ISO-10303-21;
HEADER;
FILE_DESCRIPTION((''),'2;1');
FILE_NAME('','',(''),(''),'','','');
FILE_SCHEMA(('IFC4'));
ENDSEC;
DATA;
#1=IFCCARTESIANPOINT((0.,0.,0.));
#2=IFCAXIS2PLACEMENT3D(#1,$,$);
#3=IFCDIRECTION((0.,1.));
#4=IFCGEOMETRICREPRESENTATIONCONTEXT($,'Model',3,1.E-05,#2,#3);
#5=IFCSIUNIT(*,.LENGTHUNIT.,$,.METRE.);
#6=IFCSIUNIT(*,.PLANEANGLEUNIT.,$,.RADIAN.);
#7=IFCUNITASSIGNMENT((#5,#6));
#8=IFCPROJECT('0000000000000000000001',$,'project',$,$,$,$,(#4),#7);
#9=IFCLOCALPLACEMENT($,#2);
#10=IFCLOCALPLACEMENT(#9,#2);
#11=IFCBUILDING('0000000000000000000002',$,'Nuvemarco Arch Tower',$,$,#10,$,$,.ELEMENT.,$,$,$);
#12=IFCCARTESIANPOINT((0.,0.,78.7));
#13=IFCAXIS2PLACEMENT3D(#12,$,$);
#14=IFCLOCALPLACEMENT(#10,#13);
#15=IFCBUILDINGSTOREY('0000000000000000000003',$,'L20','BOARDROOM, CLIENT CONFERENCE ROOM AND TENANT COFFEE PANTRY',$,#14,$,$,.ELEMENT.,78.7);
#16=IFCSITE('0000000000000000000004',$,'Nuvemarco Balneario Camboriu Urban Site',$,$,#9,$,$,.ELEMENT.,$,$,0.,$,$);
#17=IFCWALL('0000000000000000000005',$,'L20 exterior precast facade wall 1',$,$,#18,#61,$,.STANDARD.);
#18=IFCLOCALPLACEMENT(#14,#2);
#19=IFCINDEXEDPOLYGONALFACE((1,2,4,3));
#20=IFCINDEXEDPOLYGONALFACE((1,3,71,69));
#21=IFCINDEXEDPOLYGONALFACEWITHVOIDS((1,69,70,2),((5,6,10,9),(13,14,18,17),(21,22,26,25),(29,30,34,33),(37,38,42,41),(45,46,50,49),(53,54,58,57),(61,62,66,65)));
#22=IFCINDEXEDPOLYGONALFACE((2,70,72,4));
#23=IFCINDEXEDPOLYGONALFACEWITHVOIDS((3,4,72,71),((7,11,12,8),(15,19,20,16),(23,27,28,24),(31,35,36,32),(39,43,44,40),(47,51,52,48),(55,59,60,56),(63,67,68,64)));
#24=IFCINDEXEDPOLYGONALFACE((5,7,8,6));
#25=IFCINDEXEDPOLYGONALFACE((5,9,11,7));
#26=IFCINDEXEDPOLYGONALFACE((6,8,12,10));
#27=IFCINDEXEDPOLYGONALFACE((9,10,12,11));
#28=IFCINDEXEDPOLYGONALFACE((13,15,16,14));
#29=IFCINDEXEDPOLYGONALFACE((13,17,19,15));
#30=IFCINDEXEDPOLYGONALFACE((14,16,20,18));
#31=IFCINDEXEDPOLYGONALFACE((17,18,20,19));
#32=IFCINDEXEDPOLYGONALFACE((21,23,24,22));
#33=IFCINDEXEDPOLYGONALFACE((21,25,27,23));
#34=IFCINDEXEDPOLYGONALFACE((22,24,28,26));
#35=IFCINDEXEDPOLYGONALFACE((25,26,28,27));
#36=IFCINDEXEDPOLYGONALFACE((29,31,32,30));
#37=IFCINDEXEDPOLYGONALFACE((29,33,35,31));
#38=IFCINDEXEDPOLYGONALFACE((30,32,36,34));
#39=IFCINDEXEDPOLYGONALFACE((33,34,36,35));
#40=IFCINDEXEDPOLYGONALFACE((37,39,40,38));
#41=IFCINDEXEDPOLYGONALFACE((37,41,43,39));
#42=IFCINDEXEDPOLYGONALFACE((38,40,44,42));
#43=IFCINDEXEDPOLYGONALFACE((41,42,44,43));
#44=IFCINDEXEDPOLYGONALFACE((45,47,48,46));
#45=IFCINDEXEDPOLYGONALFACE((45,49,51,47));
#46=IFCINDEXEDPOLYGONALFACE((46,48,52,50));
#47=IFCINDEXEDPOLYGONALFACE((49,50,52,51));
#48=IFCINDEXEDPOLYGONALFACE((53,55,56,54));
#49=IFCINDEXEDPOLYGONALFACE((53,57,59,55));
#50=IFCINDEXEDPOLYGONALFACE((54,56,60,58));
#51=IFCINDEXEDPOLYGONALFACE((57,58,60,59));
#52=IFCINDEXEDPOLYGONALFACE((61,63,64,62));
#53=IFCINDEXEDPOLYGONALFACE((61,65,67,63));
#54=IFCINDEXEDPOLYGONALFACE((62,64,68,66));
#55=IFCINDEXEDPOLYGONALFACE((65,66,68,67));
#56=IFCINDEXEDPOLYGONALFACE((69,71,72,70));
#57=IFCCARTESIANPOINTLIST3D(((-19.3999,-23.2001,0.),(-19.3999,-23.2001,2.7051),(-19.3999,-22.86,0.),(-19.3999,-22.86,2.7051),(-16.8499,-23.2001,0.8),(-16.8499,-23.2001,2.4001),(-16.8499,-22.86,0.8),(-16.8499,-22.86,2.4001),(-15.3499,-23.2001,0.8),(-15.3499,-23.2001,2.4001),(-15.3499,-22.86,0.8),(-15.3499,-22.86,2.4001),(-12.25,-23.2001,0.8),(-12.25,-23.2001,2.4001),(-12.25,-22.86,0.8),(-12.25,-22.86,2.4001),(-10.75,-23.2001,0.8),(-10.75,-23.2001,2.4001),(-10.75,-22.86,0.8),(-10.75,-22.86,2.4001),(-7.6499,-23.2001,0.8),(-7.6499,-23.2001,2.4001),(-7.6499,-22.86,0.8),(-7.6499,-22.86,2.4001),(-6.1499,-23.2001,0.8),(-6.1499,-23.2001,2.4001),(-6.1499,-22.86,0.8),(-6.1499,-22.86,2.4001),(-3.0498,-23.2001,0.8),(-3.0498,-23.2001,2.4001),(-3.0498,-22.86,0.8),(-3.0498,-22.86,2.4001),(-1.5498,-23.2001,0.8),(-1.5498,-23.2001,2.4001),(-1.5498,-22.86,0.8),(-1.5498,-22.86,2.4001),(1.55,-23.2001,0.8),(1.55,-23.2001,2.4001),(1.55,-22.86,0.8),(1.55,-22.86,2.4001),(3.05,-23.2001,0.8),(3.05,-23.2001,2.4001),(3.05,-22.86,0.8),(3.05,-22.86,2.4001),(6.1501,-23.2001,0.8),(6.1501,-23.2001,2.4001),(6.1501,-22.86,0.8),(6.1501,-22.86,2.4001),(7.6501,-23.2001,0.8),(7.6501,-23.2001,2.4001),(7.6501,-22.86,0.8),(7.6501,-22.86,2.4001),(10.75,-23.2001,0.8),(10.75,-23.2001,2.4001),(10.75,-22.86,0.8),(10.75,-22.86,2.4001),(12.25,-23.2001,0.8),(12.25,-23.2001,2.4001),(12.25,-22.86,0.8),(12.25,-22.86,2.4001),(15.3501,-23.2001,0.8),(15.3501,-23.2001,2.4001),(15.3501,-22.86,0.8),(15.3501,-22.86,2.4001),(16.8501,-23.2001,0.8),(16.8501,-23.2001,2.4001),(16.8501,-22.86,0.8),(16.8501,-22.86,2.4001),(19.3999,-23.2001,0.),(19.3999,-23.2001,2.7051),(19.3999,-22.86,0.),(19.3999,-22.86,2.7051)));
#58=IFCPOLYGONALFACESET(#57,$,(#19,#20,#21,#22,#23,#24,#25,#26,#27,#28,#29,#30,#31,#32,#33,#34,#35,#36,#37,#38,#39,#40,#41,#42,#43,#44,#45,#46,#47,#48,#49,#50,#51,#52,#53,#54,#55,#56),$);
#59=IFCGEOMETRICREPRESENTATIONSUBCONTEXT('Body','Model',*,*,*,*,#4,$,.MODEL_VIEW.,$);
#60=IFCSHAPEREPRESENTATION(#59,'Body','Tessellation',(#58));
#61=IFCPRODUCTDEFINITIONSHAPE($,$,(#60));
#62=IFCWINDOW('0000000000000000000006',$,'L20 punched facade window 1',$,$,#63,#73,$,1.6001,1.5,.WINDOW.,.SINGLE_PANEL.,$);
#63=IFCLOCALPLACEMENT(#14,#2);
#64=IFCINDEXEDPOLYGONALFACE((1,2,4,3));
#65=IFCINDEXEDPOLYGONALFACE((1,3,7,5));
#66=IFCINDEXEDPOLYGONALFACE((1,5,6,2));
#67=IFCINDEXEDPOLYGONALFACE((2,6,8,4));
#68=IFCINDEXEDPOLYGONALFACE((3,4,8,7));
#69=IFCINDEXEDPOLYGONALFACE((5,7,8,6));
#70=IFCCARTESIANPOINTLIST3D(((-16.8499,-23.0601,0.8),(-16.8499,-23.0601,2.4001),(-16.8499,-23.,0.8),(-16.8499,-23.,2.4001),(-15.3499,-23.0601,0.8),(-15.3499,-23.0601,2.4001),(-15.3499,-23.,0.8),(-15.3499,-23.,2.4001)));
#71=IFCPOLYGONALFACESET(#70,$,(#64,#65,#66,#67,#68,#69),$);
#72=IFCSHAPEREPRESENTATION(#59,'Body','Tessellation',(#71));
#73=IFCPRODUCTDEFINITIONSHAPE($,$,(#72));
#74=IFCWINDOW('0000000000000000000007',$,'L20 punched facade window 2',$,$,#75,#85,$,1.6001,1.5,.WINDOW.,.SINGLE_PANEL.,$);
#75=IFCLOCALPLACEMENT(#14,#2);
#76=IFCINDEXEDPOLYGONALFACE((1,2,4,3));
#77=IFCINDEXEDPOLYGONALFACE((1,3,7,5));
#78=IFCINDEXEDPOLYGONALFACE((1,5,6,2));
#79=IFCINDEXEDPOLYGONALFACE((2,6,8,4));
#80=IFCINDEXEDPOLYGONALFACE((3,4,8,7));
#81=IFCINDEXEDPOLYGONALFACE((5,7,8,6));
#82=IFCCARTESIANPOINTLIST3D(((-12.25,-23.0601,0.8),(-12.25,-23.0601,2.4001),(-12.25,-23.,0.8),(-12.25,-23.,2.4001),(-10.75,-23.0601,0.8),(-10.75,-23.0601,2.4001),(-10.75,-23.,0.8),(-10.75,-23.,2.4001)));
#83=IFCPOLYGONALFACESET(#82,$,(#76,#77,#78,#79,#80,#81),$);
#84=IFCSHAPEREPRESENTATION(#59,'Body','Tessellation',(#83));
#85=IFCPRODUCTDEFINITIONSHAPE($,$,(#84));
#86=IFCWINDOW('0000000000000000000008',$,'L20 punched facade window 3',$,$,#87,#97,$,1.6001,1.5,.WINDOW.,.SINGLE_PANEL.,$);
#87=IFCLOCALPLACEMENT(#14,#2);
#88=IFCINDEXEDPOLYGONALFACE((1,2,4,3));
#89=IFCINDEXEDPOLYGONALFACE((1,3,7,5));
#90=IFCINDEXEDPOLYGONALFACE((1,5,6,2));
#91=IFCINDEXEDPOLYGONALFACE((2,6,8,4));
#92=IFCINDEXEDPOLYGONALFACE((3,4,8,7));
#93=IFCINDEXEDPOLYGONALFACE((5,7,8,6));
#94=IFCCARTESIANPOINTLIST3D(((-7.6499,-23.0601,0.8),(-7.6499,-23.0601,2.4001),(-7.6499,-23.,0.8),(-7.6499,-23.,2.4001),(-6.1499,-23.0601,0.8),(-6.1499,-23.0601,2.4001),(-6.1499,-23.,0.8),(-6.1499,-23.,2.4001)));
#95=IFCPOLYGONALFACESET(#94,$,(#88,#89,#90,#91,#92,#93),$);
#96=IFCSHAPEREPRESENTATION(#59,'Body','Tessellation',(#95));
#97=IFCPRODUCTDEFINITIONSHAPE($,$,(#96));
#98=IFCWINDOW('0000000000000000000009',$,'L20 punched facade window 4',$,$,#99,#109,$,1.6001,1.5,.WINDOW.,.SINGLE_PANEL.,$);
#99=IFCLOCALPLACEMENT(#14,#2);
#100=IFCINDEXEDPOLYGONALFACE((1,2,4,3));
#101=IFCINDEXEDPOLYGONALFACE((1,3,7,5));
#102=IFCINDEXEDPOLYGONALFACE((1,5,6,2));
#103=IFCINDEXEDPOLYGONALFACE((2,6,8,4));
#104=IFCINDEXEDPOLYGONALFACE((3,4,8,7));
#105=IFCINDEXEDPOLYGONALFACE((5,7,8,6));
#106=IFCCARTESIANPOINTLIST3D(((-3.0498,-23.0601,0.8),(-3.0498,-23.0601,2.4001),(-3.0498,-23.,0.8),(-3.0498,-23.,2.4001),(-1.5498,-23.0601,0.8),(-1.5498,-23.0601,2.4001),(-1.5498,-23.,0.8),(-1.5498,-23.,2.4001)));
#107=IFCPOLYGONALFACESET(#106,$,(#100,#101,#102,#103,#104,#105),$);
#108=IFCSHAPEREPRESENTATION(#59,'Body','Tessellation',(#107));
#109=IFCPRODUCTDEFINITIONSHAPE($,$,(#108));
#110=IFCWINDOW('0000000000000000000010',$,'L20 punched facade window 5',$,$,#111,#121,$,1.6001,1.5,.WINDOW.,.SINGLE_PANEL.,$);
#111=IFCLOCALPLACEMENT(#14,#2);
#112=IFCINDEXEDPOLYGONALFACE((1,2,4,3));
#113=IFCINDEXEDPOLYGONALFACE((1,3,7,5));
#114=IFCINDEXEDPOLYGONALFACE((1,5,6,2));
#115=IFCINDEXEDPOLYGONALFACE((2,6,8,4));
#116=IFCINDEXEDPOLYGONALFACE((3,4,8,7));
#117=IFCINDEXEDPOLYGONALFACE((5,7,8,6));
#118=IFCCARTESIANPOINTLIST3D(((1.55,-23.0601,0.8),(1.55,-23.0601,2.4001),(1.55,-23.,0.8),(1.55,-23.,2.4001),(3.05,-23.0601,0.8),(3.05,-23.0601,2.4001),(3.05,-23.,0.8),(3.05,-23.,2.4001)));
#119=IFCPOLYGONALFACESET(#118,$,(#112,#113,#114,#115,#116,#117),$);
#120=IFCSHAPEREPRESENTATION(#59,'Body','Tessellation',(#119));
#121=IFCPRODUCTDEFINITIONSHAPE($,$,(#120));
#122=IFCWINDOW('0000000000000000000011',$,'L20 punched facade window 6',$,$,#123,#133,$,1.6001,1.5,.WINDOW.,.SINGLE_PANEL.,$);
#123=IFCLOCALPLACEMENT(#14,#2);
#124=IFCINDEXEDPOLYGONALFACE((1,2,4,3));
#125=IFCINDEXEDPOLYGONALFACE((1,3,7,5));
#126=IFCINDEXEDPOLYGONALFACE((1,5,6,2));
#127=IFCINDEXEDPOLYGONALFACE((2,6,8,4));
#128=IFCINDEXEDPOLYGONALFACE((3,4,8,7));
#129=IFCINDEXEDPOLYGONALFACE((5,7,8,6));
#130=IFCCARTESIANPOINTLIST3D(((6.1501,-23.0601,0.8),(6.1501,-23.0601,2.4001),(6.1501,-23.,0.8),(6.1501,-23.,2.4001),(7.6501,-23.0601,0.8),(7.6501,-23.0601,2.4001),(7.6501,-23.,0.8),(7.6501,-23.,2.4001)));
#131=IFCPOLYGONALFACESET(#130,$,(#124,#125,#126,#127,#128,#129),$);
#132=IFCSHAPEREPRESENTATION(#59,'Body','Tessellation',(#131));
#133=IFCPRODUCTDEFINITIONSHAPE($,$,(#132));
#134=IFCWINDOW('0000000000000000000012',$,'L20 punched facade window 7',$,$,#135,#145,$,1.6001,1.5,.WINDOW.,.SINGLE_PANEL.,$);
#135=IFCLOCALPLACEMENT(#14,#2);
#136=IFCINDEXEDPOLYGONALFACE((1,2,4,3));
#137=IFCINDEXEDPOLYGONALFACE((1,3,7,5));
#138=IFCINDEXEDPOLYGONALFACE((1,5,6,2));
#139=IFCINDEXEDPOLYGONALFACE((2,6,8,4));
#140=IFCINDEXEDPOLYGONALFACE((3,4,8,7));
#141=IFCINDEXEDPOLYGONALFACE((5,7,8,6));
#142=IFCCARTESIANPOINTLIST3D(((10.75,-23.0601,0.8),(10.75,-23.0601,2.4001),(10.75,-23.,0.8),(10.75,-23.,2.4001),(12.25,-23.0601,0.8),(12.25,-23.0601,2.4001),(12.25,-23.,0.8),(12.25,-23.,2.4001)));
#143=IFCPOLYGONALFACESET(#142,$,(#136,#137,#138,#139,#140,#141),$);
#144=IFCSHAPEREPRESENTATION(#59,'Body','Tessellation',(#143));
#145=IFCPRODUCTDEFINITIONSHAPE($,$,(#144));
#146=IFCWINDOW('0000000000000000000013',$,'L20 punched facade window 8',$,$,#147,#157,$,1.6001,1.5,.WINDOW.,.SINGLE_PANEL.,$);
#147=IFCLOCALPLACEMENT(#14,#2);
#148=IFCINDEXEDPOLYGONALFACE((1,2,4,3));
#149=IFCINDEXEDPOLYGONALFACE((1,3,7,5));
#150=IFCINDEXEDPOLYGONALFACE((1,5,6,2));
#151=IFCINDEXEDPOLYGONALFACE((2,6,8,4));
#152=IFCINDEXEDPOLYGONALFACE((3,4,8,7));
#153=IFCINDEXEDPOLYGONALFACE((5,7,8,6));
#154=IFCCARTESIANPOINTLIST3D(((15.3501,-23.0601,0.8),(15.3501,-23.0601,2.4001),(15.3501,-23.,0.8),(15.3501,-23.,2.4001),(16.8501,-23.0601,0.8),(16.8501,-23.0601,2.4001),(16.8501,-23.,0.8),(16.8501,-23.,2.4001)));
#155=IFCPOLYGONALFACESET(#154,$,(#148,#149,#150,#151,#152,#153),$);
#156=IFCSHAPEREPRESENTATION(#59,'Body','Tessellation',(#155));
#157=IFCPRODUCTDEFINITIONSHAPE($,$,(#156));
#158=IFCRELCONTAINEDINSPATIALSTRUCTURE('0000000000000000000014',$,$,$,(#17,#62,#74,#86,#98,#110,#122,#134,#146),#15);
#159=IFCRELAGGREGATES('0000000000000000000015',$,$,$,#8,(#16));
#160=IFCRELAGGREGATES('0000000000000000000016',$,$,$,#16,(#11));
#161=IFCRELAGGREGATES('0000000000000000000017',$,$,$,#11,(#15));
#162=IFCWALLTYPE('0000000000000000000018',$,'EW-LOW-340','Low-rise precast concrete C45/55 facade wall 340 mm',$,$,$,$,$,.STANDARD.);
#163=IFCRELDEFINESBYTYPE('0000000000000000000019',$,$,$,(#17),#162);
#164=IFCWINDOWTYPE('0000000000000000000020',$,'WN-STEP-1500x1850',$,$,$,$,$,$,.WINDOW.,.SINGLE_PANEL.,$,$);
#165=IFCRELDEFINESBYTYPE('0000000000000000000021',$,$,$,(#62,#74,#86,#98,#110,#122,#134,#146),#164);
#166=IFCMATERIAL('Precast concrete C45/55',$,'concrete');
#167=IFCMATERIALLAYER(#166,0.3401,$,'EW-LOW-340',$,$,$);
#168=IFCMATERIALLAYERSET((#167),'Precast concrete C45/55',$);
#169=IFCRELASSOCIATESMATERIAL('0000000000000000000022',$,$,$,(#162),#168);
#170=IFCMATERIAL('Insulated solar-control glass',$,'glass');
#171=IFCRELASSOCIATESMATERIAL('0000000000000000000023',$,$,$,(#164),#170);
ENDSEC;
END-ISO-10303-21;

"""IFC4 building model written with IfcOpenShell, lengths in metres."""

from ifc_helpers import new_model, si_unit, direction, frame, frame_2d, origin, place, context, subcontext, project, spatial, rectangle, extrude, source, transform, mapped, material, layer, layer_set, type_object, type_shapes, element, fill, save


model = new_model("IFC4")

# Units and contexts
model_context = context("Model", 3, precision=1e-05, world=origin(), true_north=direction((0.0, 1.0)))
body_context = subcontext(model_context, "Body", "Model", "MODEL_VIEW")
ifc_project = project(units=[si_unit("LENGTHUNIT", "METRE"), si_unit("PLANEANGLEUNIT", "RADIAN")], contexts=[model_context])

# Site, building, storey
site_placement = place(None, origin())
site = spatial("IfcSite", under=ifc_project, at=site_placement, Name="Nuvemarco Balneario Camboriu Urban Site", CompositionType="ELEMENT", RefElevation=0.0)
building_placement = place(site_placement, origin())
building = spatial("IfcBuilding", under=site, at=building_placement, Name="Nuvemarco Arch Tower", CompositionType="ELEMENT")
storey_placement = place(building_placement, frame((0.0, 0.0, 78.7)))
storey = spatial("IfcBuildingStorey", under=building, at=storey_placement, Name="L20", Description="BOARDROOM, CLIENT CONFERENCE ROOM AND TENANT COFFEE PANTRY", CompositionType="ELEMENT", Elevation=78.7)

# Shared definitions
ifc_material_1 = material(Name="Precast concrete C45/55", Category="concrete")

# Wall, openings, windows
ifc_layer = layer(ifc_material_1, 0.3401, Name="EW-LOW-340")
ifc_layer_set = layer_set([ifc_layer], Name="Precast concrete C45/55")
wall_type = type_object("IfcWallType", Name="EW-LOW-340", Description="Low-rise precast concrete C45/55 facade wall 340 mm", PredefinedType="STANDARD", material=ifc_layer_set)
wall_1_placement = place(storey_placement, frame((-19.3999, -23.03, 0.0), z_axis=(0.0, 0.0, 1.0), x_axis=(1.0, 0.0, 0.0)))
wall_1 = element("IfcWall", 1, at=wall_1_placement, inside=storey, type_object=wall_type, Name="L20 exterior precast facade wall 1", PredefinedType="STANDARD", context=body_context, shape_type="SweptSolid", body=[
    extrude(rectangle(XDim=38.7998, YDim=0.3401, at=frame_2d((19.3999, 0.0))), origin(), (0.0, 0.0, 1.0), 2.7051),
])
opening_1_placement = place(wall_1_placement, frame((2.55, 0.0, 0.8)))
opening_1 = element("IfcOpeningElement", 2, at=opening_1_placement, cuts=wall_1, PredefinedType="OPENING", context=body_context, shape_type="SweptSolid", body=[
    extrude(rectangle(XDim=1.5, YDim=1.6001, at=frame_2d((0.75, 0.8))), frame((0.0, 0.1799, 0.0), z_axis=(0.0, -1.0, 0.0), x_axis=(1.0, 0.0, 0.0)), (0.0, 0.0, 1.0), 0.3601),
])
opening_2_placement = place(wall_1_placement, frame((7.1499, 0.0, 0.8)))
opening_2 = element("IfcOpeningElement", 3, at=opening_2_placement, cuts=wall_1, PredefinedType="OPENING", context=body_context, shape_type="SweptSolid", body=[
    extrude(rectangle(XDim=1.5, YDim=1.6001, at=frame_2d((0.75, 0.8))), frame((0.0, 0.1799, 0.0), z_axis=(0.0, -1.0, 0.0), x_axis=(1.0, 0.0, 0.0)), (0.0, 0.0, 1.0), 0.3601),
])
opening_3_placement = place(wall_1_placement, frame((11.75, 0.0, 0.8)))
opening_3 = element("IfcOpeningElement", 4, at=opening_3_placement, cuts=wall_1, PredefinedType="OPENING", context=body_context, shape_type="SweptSolid", body=[
    extrude(rectangle(XDim=1.5, YDim=1.6001, at=frame_2d((0.75, 0.8))), frame((0.0, 0.1799, 0.0), z_axis=(0.0, -1.0, 0.0), x_axis=(1.0, 0.0, 0.0)), (0.0, 0.0, 1.0), 0.3601),
])
opening_4_placement = place(wall_1_placement, frame((16.3501, 0.0, 0.8)))
opening_4 = element("IfcOpeningElement", 5, at=opening_4_placement, cuts=wall_1, PredefinedType="OPENING", context=body_context, shape_type="SweptSolid", body=[
    extrude(rectangle(XDim=1.5, YDim=1.6001, at=frame_2d((0.75, 0.8))), frame((0.0, 0.1799, 0.0), z_axis=(0.0, -1.0, 0.0), x_axis=(1.0, 0.0, 0.0)), (0.0, 0.0, 1.0), 0.3601),
])
opening_5_placement = place(wall_1_placement, frame((20.95, 0.0, 0.8)))
opening_5 = element("IfcOpeningElement", 6, at=opening_5_placement, cuts=wall_1, PredefinedType="OPENING", context=body_context, shape_type="SweptSolid", body=[
    extrude(rectangle(XDim=1.5, YDim=1.6001, at=frame_2d((0.75, 0.8))), frame((0.0, 0.1799, 0.0), z_axis=(0.0, -1.0, 0.0), x_axis=(1.0, 0.0, 0.0)), (0.0, 0.0, 1.0), 0.3601),
])
opening_6_placement = place(wall_1_placement, frame((25.55, 0.0, 0.8)))
opening_6 = element("IfcOpeningElement", 7, at=opening_6_placement, cuts=wall_1, PredefinedType="OPENING", context=body_context, shape_type="SweptSolid", body=[
    extrude(rectangle(XDim=1.5, YDim=1.6001, at=frame_2d((0.75, 0.8))), frame((0.0, 0.1799, 0.0), z_axis=(0.0, -1.0, 0.0), x_axis=(1.0, 0.0, 0.0)), (0.0, 0.0, 1.0), 0.3601),
])
opening_7_placement = place(wall_1_placement, frame((30.1499, 0.0, 0.8)))
opening_7 = element("IfcOpeningElement", 8, at=opening_7_placement, cuts=wall_1, PredefinedType="OPENING", context=body_context, shape_type="SweptSolid", body=[
    extrude(rectangle(XDim=1.5, YDim=1.6001, at=frame_2d((0.75, 0.8))), frame((0.0, 0.1799, 0.0), z_axis=(0.0, -1.0, 0.0), x_axis=(1.0, 0.0, 0.0)), (0.0, 0.0, 1.0), 0.3601),
])
opening_8_placement = place(wall_1_placement, frame((34.75, 0.0, 0.8)))
opening_8 = element("IfcOpeningElement", 9, at=opening_8_placement, cuts=wall_1, PredefinedType="OPENING", context=body_context, shape_type="SweptSolid", body=[
    extrude(rectangle(XDim=1.5, YDim=1.6001, at=frame_2d((0.75, 0.8))), frame((0.0, 0.1799, 0.0), z_axis=(0.0, -1.0, 0.0), x_axis=(1.0, 0.0, 0.0)), (0.0, 0.0, 1.0), 0.3601),
])
ifc_material_2 = material(Name="Insulated solar-control glass", Category="glass")
window_type_1 = type_object("IfcWindowType", Name="WN-STEP-1500x1850", PartitioningType="SINGLE_PANEL", PredefinedType="WINDOW", material=ifc_material_2)
shared_shape_1 = source(origin(), body_context, "Body", "SweptSolid", [
    extrude(rectangle(XDim=1.5, YDim=1.6001, at=frame_2d((0.75, 0.8))), frame((0.0, 0.03, 0.0), z_axis=(0.0, -1.0, 0.0), x_axis=(1.0, 0.0, 0.0)), (0.0, 0.0, 1.0), 0.0601),
])
type_shapes(window_type_1, [shared_shape_1])
window_1_placement = place(opening_1_placement, origin())
window_1 = element("IfcWindow", 10, at=window_1_placement, inside=storey, type_object=window_type_1, Name="L20 punched facade window 1", OverallHeight=1.6001, OverallWidth=1.5, PartitioningType="SINGLE_PANEL", PredefinedType="WINDOW", context=body_context, shape_type="MappedRepresentation", body=[
    mapped(shared_shape_1, transform((0.0, 0.0, 0.0), scale=1.0)),
])
fill(opening_1, window_1)
window_2_placement = place(opening_2_placement, origin())
window_2 = element("IfcWindow", 11, at=window_2_placement, inside=storey, type_object=window_type_1, Name="L20 punched facade window 2", OverallHeight=1.6001, OverallWidth=1.5, PartitioningType="SINGLE_PANEL", PredefinedType="WINDOW", context=body_context, shape_type="MappedRepresentation", body=[
    mapped(shared_shape_1, transform((0.0, 0.0, 0.0), scale=1.0)),
])
fill(opening_2, window_2)
window_3_placement = place(opening_3_placement, origin())
window_3 = element("IfcWindow", 12, at=window_3_placement, inside=storey, type_object=window_type_1, Name="L20 punched facade window 3", OverallHeight=1.6001, OverallWidth=1.5, PartitioningType="SINGLE_PANEL", PredefinedType="WINDOW", context=body_context, shape_type="MappedRepresentation", body=[
    mapped(shared_shape_1, transform((0.0, 0.0, 0.0), scale=1.0)),
])
fill(opening_3, window_3)
window_4_placement = place(opening_4_placement, origin())
window_4 = element("IfcWindow", 13, at=window_4_placement, inside=storey, type_object=window_type_1, Name="L20 punched facade window 4", OverallHeight=1.6001, OverallWidth=1.5, PartitioningType="SINGLE_PANEL", PredefinedType="WINDOW", context=body_context, shape_type="MappedRepresentation", body=[
    mapped(shared_shape_1, transform((0.0, 0.0, 0.0), scale=1.0)),
])
fill(opening_4, window_4)
window_5_placement = place(opening_5_placement, origin())
window_5 = element("IfcWindow", 14, at=window_5_placement, inside=storey, type_object=window_type_1, Name="L20 punched facade window 5", OverallHeight=1.6001, OverallWidth=1.5, PartitioningType="SINGLE_PANEL", PredefinedType="WINDOW", context=body_context, shape_type="MappedRepresentation", body=[
    mapped(shared_shape_1, transform((0.0, 0.0, 0.0), scale=1.0)),
])
fill(opening_5, window_5)
window_6_placement = place(opening_6_placement, origin())
window_6 = element("IfcWindow", 15, at=window_6_placement, inside=storey, type_object=window_type_1, Name="L20 punched facade window 6", OverallHeight=1.6001, OverallWidth=1.5, PartitioningType="SINGLE_PANEL", PredefinedType="WINDOW", context=body_context, shape_type="MappedRepresentation", body=[
    mapped(shared_shape_1, transform((0.0, 0.0, 0.0), scale=1.0)),
])
fill(opening_6, window_6)
window_7_placement = place(opening_7_placement, origin())
window_7 = element("IfcWindow", 16, at=window_7_placement, inside=storey, type_object=window_type_1, Name="L20 punched facade window 7", OverallHeight=1.6001, OverallWidth=1.5, PartitioningType="SINGLE_PANEL", PredefinedType="WINDOW", context=body_context, shape_type="MappedRepresentation", body=[
    mapped(shared_shape_1, transform((0.0, 0.0, 0.0), scale=1.0)),
])
fill(opening_7, window_7)
window_8_placement = place(opening_8_placement, origin())
window_8 = element("IfcWindow", 17, at=window_8_placement, inside=storey, type_object=window_type_1, Name="L20 punched facade window 8", OverallHeight=1.6001, OverallWidth=1.5, PartitioningType="SINGLE_PANEL", PredefinedType="WINDOW", context=body_context, shape_type="MappedRepresentation", body=[
    mapped(shared_shape_1, transform((0.0, 0.0, 0.0), scale=1.0)),
])
fill(opening_8, window_8)

save(model, "model.ifc")
